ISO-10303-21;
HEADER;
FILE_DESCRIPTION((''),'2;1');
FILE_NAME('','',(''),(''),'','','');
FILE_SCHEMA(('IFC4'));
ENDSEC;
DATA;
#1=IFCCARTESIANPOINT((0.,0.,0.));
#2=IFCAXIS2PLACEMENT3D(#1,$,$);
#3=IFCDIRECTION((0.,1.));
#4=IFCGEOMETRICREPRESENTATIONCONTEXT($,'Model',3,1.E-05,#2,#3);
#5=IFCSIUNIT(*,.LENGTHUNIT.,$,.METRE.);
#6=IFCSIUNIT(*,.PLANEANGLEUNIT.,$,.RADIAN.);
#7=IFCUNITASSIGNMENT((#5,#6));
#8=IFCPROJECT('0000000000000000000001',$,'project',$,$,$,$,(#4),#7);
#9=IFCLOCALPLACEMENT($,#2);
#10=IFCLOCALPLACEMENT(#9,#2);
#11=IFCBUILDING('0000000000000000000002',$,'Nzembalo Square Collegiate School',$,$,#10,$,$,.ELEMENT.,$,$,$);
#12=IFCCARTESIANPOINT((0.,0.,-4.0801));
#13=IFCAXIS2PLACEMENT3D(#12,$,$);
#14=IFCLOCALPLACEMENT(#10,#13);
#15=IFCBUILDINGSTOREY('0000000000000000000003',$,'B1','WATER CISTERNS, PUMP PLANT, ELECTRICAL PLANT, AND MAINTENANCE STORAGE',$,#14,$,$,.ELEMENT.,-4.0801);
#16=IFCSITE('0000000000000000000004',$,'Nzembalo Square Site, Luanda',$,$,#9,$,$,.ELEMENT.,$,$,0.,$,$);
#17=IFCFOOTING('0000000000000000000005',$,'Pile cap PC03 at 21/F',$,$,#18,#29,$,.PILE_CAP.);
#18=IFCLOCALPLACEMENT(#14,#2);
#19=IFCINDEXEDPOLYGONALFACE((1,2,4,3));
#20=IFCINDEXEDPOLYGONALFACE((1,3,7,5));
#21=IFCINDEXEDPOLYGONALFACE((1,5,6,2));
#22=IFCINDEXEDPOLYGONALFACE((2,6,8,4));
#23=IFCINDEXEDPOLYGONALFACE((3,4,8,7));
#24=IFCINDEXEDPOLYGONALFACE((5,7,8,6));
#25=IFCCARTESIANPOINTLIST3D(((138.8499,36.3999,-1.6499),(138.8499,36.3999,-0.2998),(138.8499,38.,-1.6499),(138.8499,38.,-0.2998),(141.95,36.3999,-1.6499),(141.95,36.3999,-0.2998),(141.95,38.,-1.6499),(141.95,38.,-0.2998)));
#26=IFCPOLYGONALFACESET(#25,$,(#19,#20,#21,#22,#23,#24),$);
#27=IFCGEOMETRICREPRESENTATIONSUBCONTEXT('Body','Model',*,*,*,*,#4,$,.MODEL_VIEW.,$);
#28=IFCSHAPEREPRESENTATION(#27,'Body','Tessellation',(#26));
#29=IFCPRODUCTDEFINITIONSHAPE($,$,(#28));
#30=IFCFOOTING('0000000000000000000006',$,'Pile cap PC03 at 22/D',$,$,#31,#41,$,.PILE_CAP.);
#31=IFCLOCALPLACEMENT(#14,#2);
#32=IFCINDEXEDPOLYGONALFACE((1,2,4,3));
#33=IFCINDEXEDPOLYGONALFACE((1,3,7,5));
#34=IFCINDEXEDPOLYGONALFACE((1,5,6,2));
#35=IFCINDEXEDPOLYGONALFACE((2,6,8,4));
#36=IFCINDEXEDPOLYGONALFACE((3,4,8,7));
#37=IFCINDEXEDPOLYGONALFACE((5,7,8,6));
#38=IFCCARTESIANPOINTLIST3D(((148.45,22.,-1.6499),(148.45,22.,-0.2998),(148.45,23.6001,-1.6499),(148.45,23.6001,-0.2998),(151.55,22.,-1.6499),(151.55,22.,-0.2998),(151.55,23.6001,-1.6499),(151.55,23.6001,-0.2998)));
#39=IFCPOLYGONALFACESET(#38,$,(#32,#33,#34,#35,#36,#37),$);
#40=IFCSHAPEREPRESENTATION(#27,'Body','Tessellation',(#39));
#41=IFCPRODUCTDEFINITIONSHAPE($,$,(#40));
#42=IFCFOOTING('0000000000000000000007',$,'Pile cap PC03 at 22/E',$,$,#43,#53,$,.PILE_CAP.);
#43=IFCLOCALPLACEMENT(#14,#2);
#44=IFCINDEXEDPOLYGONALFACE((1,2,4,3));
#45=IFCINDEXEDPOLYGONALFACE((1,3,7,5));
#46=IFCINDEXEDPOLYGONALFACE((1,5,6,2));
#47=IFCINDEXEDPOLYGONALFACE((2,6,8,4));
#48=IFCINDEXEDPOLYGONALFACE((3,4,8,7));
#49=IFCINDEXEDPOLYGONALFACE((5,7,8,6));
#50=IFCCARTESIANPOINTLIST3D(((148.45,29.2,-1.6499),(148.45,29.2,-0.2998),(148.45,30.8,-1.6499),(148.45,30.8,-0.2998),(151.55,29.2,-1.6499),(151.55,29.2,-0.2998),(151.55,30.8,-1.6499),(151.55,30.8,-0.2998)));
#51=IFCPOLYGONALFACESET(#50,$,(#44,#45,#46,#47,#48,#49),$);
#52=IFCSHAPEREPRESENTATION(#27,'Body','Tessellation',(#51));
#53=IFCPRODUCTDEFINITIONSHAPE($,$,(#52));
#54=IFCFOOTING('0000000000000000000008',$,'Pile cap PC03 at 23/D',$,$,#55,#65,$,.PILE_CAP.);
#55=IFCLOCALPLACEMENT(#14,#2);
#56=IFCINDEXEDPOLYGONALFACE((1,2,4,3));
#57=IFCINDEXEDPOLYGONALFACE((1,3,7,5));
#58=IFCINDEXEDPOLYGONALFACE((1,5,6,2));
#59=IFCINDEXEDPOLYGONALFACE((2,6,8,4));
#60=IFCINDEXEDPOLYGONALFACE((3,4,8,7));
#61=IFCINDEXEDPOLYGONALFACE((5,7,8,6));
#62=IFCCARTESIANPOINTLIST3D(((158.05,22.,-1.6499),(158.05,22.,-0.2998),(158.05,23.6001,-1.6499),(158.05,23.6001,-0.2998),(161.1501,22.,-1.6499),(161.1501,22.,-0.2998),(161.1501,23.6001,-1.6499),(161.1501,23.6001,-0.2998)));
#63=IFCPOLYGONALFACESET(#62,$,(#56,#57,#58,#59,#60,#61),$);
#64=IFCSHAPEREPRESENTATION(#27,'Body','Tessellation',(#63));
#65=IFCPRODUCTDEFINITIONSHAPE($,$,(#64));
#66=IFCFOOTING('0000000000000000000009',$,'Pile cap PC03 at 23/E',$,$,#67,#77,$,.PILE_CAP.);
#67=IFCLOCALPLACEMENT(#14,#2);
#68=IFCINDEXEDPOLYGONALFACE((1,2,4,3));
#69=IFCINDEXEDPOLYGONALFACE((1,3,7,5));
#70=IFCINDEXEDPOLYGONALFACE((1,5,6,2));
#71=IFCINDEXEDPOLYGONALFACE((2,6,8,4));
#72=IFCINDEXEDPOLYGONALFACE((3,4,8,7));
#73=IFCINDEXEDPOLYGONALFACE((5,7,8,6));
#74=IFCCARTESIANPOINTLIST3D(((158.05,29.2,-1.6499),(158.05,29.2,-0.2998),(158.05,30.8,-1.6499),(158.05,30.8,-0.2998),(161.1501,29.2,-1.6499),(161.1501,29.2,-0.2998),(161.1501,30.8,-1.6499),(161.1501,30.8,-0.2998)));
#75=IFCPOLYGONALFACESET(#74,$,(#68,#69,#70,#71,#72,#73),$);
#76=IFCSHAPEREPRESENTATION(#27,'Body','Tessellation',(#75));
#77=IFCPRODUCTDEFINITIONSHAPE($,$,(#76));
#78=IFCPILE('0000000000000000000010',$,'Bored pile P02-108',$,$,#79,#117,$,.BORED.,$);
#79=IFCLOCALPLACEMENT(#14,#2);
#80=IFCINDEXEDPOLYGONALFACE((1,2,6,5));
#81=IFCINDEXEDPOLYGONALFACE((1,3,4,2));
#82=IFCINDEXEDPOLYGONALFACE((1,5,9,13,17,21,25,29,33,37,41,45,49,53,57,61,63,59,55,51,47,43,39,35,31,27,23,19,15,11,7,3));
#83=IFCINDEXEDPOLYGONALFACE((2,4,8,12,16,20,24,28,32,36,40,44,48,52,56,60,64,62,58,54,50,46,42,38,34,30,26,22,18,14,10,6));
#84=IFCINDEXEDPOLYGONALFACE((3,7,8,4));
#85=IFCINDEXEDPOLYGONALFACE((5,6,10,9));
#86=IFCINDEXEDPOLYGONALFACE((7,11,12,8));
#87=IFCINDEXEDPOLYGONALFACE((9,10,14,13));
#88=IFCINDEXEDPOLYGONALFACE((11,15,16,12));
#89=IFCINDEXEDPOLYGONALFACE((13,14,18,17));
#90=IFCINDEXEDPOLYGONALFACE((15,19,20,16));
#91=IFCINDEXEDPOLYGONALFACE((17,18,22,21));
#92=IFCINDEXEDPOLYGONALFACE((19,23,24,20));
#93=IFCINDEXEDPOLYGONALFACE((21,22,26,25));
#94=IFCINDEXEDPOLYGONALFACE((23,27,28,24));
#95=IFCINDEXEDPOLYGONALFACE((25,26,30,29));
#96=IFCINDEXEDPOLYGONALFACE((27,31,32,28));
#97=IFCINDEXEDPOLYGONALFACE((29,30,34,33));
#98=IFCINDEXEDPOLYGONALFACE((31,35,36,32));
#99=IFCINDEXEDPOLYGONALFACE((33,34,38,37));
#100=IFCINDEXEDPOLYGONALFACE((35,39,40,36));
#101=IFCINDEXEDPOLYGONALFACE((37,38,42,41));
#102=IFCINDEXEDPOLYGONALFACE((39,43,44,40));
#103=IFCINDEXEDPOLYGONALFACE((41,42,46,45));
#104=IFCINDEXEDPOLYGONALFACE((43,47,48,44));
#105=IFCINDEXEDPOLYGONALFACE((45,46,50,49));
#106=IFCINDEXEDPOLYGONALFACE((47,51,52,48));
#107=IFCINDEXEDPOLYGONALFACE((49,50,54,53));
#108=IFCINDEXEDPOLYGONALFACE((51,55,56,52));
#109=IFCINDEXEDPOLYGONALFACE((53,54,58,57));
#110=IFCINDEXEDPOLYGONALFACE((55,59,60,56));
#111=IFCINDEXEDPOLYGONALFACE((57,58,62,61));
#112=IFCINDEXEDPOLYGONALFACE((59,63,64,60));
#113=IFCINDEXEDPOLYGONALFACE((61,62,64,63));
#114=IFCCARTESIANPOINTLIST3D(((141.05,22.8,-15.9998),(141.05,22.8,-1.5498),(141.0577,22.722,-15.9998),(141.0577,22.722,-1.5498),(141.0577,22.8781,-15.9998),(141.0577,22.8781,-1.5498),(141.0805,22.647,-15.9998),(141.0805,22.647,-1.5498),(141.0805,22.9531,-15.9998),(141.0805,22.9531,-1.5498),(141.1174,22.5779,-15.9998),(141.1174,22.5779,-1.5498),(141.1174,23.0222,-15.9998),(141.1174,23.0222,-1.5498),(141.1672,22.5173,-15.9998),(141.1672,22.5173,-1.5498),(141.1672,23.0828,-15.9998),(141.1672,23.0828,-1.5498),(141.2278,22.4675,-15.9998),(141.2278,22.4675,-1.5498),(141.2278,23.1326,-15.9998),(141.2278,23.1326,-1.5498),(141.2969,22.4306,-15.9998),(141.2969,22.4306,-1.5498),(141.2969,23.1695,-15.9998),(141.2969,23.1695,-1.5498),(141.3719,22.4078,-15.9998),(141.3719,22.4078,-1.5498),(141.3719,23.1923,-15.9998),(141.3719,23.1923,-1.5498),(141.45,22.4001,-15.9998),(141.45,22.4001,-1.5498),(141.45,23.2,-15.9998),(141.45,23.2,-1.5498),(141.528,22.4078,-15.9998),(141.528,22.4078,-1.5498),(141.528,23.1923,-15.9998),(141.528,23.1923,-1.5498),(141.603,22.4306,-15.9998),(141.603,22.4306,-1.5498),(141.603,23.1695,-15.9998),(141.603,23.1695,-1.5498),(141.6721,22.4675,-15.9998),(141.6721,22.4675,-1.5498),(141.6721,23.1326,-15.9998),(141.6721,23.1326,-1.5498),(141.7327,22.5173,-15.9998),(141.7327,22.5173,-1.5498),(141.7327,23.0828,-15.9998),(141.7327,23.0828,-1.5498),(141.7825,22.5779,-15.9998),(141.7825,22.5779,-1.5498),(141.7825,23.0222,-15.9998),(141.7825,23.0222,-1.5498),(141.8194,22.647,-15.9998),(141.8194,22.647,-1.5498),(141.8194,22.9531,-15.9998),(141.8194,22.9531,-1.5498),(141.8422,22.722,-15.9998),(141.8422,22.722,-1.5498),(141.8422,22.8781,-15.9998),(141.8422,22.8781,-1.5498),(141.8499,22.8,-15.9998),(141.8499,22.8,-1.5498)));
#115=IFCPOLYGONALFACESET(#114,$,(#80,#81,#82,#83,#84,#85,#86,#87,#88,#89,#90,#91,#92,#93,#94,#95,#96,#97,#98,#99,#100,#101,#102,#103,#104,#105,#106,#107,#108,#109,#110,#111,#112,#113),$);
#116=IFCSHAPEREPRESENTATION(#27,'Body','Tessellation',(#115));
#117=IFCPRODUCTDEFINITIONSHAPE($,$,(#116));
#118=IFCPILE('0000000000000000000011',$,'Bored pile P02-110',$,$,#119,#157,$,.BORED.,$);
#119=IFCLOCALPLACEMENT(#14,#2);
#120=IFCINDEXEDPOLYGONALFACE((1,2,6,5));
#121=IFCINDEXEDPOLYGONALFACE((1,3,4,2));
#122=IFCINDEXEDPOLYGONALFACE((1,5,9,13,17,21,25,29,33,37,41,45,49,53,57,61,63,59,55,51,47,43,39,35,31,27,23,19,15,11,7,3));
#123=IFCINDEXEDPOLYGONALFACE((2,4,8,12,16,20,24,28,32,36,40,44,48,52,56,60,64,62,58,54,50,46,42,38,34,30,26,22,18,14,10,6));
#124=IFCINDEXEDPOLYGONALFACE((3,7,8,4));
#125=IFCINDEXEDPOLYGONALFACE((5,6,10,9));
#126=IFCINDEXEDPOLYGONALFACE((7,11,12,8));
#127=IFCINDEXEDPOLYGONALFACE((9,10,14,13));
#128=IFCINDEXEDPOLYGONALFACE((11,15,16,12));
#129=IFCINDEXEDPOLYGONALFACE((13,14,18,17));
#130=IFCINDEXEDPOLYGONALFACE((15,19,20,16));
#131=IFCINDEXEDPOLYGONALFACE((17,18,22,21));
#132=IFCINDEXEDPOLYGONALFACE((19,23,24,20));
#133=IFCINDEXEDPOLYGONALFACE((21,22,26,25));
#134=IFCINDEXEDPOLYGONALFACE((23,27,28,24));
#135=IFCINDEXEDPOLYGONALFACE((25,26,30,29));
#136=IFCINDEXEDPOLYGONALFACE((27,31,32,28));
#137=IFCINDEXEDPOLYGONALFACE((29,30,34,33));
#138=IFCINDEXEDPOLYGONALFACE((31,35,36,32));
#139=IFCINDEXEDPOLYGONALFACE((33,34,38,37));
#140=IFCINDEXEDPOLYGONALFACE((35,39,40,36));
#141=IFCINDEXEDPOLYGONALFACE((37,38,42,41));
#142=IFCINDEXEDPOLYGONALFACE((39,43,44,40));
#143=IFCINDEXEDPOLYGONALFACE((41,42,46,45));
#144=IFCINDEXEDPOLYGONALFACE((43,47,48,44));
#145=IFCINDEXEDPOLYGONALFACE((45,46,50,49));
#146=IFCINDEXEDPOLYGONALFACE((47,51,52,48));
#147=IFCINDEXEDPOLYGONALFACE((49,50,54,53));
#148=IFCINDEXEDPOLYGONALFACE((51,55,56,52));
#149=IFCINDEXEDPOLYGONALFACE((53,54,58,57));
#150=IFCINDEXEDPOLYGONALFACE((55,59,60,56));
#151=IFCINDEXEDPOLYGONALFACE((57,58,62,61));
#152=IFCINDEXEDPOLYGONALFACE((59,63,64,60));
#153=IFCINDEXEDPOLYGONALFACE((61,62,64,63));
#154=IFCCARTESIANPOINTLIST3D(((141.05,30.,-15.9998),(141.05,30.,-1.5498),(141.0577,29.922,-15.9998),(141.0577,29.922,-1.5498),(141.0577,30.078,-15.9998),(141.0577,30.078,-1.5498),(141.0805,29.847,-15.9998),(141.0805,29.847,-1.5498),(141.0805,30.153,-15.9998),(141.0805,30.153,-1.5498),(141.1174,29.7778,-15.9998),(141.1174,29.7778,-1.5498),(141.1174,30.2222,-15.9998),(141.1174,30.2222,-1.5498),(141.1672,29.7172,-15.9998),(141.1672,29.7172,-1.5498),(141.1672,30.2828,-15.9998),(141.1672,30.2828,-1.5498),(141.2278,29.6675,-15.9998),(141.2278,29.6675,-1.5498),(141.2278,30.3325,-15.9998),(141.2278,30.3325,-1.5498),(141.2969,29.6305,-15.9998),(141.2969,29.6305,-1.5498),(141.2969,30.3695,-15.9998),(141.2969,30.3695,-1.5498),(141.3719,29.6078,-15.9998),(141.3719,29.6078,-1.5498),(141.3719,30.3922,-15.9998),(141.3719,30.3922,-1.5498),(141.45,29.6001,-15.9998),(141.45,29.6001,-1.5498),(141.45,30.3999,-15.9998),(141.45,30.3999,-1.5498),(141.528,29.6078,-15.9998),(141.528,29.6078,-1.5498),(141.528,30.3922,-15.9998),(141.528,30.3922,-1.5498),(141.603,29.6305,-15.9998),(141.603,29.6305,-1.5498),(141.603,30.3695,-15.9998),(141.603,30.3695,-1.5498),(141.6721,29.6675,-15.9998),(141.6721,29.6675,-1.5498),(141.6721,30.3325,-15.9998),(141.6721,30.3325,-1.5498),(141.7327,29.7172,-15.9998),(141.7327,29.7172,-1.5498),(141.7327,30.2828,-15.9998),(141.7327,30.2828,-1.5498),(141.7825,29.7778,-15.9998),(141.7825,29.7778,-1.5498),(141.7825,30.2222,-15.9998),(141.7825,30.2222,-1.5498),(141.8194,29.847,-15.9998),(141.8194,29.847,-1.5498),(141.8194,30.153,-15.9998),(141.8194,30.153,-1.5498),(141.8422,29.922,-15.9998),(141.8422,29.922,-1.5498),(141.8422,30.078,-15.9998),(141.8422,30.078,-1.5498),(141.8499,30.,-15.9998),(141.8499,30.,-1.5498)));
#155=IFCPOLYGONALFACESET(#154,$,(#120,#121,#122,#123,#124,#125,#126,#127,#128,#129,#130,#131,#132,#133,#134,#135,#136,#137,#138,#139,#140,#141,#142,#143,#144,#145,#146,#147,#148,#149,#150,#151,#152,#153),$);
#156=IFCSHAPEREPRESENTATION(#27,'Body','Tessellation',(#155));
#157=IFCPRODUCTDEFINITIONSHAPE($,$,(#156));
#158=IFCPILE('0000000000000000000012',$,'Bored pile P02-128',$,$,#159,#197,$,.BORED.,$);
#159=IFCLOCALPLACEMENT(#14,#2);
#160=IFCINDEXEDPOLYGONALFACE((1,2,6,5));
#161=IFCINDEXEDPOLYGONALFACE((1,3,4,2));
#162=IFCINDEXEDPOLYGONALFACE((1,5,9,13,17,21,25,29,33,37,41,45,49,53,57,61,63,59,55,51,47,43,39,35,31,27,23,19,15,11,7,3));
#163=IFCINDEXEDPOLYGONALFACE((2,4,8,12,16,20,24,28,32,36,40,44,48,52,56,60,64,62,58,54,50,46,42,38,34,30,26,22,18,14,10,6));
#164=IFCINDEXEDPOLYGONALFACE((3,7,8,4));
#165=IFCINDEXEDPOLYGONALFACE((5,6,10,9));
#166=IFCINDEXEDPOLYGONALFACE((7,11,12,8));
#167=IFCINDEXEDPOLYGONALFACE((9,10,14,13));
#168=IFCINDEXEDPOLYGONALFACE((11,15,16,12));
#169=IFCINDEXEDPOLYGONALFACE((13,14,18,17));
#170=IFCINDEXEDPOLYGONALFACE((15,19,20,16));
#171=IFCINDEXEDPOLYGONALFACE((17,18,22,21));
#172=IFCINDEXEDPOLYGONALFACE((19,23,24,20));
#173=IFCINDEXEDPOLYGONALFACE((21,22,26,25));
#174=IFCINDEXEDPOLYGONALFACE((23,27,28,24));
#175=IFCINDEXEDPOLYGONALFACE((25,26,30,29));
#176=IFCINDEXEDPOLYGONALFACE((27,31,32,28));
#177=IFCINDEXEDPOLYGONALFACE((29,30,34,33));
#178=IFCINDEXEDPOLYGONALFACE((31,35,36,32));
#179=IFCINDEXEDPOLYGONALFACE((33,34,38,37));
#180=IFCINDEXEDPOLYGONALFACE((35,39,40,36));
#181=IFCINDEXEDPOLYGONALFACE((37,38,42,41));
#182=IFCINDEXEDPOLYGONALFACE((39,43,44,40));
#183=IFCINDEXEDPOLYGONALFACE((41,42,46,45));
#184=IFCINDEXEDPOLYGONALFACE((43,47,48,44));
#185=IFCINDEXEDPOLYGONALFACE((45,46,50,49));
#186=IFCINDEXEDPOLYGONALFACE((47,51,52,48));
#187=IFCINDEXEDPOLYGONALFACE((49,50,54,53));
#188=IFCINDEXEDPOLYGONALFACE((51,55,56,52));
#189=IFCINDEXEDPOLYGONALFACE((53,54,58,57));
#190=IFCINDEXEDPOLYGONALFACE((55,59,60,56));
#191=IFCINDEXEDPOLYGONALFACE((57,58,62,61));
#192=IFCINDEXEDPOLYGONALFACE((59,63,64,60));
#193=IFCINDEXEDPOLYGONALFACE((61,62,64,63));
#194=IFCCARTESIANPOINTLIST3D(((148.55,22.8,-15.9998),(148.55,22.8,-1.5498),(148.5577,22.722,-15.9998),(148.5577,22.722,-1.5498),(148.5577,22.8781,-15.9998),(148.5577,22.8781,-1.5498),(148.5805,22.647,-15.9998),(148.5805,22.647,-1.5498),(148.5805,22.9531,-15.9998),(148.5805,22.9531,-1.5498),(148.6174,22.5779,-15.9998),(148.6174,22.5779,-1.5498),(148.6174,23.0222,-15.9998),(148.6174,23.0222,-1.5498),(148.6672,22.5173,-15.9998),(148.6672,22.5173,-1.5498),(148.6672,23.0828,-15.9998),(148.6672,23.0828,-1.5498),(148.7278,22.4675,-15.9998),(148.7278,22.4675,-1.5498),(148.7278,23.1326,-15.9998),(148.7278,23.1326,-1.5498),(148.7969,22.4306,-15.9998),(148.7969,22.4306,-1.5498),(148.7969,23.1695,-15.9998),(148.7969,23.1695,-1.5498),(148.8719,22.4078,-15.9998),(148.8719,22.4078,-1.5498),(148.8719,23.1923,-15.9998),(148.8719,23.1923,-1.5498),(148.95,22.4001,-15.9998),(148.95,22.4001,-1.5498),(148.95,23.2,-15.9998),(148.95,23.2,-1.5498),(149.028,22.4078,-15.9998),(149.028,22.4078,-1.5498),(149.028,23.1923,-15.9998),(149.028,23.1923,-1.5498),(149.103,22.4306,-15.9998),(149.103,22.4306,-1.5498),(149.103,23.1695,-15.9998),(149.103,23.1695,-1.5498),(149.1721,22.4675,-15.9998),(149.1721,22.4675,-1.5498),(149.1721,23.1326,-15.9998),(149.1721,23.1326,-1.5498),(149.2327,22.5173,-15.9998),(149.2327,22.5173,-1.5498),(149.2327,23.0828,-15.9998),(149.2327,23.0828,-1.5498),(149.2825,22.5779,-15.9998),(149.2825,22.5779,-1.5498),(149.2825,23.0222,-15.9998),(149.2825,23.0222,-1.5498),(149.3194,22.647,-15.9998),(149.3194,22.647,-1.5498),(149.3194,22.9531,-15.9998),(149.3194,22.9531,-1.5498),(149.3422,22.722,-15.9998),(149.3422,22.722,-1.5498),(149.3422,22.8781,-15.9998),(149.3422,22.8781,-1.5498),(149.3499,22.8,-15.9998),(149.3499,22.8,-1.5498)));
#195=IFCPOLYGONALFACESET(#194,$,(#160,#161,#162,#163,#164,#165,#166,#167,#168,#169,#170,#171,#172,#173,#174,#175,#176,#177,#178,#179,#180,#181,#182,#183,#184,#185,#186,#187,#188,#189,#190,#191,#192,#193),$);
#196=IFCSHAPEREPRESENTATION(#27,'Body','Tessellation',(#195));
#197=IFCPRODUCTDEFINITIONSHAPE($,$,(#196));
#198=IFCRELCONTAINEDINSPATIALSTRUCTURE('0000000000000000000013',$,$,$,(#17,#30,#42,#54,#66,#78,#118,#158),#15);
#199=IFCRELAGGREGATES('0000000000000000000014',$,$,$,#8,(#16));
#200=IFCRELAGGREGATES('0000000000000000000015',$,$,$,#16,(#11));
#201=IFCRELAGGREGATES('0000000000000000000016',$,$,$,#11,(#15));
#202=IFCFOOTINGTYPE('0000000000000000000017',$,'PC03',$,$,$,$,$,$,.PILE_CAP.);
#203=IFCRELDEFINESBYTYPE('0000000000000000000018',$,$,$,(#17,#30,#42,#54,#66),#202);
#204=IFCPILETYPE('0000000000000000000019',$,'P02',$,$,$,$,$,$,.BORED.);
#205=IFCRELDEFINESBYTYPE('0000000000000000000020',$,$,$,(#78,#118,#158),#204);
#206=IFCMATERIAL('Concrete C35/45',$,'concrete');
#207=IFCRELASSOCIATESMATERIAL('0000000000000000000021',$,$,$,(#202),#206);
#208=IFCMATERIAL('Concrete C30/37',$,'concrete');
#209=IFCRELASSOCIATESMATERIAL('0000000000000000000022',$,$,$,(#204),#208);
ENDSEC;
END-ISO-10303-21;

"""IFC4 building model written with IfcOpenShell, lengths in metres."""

from ifc_helpers import new_model, si_unit, direction, frame, origin, origin_2d, place, context, subcontext, project, spatial, rectangle, circle, extrude, material, material_profile, profile_set, type_object, element, save


model = new_model("IFC4")

# Units and contexts
model_context = context("Model", 3, precision=1e-05, world=origin(), true_north=direction((0.0, 1.0)))
body_context = subcontext(model_context, "Body", "Model", "MODEL_VIEW")
ifc_project = project(units=[si_unit("LENGTHUNIT", "METRE"), si_unit("PLANEANGLEUNIT", "RADIAN")], contexts=[model_context])

# Site, building, storey
site_placement = place(None, origin())
site = spatial("IfcSite", under=ifc_project, at=site_placement, Name="Nzembalo Square Site, Luanda", CompositionType="ELEMENT", RefElevation=0.0)
building_placement = place(site_placement, origin())
building = spatial("IfcBuilding", under=site, at=building_placement, Name="Nzembalo Square Collegiate School", CompositionType="ELEMENT")
storey_placement = place(building_placement, frame((0.0, 0.0, -4.0801)))
storey = spatial("IfcBuildingStorey", under=building, at=storey_placement, Name="B1", Description="WATER CISTERNS, PUMP PLANT, ELECTRICAL PLANT, AND MAINTENANCE STORAGE", CompositionType="ELEMENT", Elevation=-4.0801)

# Footings
ifc_material_1 = material(Name="Concrete C35/45", Category="concrete")
footing_type = type_object("IfcFootingType", Name="PC03", PredefinedType="PILE_CAP", material=ifc_material_1)
for number, where, z_axis, x_axis, name in (
    (1, (140.3999, 37.2, -1.6499), (0.0, 0.0, 1.0), (1.0, 0.0, 0.0), "Pile cap PC03 at 21/F"),
    (2, (150.0, 22.8, -1.6499), (0.0, 0.0, 1.0), (1.0, 0.0, 0.0), "Pile cap PC03 at 22/D"),
    (3, (150.0, 30.0, -1.6499), (0.0, 0.0, 1.0), (1.0, 0.0, 0.0), "Pile cap PC03 at 22/E"),
    (4, (159.6001, 22.8, -1.6499), (0.0, 0.0, 1.0), (1.0, 0.0, 0.0), "Pile cap PC03 at 23/D"),
    (5, (159.6001, 30.0, -1.6499), (0.0, 0.0, 1.0), (1.0, 0.0, 0.0), "Pile cap PC03 at 23/E"),
):
    element("IfcFooting", number, at=place(storey_placement, frame(where, z_axis=z_axis, x_axis=x_axis)), inside=storey, type_object=footing_type, Name=name, PredefinedType="PILE_CAP", context=body_context, shape_type="SweptSolid", body=[
        extrude(rectangle(XDim=3.1001, YDim=1.6001, at=origin_2d()), origin(), (0.0, 0.0, 1.0), 1.3501),
    ])

# Piles
ifc_material_2 = material(Name="Concrete C30/37", Category="concrete")
ifc_material_profile_1 = material_profile(ifc_material_2, circle(Radius=0.3999, at=origin_2d()), Name="PILE D800")
ifc_profile_set_1 = profile_set([ifc_material_profile_1], Name="Concrete C30/37")
pile_type = type_object("IfcPileType", Name="P02", PredefinedType="BORED", material=ifc_profile_set_1)
for number, where, z_axis, x_axis, name in (
    (6, (141.45, 22.8, -1.5498), (0.0, 0.0, -1.0), (1.0, 0.0, 0.0), "Bored pile P02-108"),
    (7, (141.45, 30.0, -1.5498), (0.0, 0.0, -1.0), (1.0, 0.0, 0.0), "Bored pile P02-110"),
    (8, (148.95, 22.8, -1.5498), (0.0, 0.0, -1.0), (1.0, 0.0, 0.0), "Bored pile P02-128"),
):
    element("IfcPile", number, at=place(storey_placement, frame(where, z_axis=z_axis, x_axis=x_axis)), inside=storey, type_object=pile_type, Name=name, PredefinedType="BORED", context=body_context, shape_type="SweptSolid", body=[
        extrude(circle(Radius=0.3999, at=origin_2d()), origin(), (0.0, 0.0, 1.0), 14.45),
    ])

save(model, "model.ifc")
